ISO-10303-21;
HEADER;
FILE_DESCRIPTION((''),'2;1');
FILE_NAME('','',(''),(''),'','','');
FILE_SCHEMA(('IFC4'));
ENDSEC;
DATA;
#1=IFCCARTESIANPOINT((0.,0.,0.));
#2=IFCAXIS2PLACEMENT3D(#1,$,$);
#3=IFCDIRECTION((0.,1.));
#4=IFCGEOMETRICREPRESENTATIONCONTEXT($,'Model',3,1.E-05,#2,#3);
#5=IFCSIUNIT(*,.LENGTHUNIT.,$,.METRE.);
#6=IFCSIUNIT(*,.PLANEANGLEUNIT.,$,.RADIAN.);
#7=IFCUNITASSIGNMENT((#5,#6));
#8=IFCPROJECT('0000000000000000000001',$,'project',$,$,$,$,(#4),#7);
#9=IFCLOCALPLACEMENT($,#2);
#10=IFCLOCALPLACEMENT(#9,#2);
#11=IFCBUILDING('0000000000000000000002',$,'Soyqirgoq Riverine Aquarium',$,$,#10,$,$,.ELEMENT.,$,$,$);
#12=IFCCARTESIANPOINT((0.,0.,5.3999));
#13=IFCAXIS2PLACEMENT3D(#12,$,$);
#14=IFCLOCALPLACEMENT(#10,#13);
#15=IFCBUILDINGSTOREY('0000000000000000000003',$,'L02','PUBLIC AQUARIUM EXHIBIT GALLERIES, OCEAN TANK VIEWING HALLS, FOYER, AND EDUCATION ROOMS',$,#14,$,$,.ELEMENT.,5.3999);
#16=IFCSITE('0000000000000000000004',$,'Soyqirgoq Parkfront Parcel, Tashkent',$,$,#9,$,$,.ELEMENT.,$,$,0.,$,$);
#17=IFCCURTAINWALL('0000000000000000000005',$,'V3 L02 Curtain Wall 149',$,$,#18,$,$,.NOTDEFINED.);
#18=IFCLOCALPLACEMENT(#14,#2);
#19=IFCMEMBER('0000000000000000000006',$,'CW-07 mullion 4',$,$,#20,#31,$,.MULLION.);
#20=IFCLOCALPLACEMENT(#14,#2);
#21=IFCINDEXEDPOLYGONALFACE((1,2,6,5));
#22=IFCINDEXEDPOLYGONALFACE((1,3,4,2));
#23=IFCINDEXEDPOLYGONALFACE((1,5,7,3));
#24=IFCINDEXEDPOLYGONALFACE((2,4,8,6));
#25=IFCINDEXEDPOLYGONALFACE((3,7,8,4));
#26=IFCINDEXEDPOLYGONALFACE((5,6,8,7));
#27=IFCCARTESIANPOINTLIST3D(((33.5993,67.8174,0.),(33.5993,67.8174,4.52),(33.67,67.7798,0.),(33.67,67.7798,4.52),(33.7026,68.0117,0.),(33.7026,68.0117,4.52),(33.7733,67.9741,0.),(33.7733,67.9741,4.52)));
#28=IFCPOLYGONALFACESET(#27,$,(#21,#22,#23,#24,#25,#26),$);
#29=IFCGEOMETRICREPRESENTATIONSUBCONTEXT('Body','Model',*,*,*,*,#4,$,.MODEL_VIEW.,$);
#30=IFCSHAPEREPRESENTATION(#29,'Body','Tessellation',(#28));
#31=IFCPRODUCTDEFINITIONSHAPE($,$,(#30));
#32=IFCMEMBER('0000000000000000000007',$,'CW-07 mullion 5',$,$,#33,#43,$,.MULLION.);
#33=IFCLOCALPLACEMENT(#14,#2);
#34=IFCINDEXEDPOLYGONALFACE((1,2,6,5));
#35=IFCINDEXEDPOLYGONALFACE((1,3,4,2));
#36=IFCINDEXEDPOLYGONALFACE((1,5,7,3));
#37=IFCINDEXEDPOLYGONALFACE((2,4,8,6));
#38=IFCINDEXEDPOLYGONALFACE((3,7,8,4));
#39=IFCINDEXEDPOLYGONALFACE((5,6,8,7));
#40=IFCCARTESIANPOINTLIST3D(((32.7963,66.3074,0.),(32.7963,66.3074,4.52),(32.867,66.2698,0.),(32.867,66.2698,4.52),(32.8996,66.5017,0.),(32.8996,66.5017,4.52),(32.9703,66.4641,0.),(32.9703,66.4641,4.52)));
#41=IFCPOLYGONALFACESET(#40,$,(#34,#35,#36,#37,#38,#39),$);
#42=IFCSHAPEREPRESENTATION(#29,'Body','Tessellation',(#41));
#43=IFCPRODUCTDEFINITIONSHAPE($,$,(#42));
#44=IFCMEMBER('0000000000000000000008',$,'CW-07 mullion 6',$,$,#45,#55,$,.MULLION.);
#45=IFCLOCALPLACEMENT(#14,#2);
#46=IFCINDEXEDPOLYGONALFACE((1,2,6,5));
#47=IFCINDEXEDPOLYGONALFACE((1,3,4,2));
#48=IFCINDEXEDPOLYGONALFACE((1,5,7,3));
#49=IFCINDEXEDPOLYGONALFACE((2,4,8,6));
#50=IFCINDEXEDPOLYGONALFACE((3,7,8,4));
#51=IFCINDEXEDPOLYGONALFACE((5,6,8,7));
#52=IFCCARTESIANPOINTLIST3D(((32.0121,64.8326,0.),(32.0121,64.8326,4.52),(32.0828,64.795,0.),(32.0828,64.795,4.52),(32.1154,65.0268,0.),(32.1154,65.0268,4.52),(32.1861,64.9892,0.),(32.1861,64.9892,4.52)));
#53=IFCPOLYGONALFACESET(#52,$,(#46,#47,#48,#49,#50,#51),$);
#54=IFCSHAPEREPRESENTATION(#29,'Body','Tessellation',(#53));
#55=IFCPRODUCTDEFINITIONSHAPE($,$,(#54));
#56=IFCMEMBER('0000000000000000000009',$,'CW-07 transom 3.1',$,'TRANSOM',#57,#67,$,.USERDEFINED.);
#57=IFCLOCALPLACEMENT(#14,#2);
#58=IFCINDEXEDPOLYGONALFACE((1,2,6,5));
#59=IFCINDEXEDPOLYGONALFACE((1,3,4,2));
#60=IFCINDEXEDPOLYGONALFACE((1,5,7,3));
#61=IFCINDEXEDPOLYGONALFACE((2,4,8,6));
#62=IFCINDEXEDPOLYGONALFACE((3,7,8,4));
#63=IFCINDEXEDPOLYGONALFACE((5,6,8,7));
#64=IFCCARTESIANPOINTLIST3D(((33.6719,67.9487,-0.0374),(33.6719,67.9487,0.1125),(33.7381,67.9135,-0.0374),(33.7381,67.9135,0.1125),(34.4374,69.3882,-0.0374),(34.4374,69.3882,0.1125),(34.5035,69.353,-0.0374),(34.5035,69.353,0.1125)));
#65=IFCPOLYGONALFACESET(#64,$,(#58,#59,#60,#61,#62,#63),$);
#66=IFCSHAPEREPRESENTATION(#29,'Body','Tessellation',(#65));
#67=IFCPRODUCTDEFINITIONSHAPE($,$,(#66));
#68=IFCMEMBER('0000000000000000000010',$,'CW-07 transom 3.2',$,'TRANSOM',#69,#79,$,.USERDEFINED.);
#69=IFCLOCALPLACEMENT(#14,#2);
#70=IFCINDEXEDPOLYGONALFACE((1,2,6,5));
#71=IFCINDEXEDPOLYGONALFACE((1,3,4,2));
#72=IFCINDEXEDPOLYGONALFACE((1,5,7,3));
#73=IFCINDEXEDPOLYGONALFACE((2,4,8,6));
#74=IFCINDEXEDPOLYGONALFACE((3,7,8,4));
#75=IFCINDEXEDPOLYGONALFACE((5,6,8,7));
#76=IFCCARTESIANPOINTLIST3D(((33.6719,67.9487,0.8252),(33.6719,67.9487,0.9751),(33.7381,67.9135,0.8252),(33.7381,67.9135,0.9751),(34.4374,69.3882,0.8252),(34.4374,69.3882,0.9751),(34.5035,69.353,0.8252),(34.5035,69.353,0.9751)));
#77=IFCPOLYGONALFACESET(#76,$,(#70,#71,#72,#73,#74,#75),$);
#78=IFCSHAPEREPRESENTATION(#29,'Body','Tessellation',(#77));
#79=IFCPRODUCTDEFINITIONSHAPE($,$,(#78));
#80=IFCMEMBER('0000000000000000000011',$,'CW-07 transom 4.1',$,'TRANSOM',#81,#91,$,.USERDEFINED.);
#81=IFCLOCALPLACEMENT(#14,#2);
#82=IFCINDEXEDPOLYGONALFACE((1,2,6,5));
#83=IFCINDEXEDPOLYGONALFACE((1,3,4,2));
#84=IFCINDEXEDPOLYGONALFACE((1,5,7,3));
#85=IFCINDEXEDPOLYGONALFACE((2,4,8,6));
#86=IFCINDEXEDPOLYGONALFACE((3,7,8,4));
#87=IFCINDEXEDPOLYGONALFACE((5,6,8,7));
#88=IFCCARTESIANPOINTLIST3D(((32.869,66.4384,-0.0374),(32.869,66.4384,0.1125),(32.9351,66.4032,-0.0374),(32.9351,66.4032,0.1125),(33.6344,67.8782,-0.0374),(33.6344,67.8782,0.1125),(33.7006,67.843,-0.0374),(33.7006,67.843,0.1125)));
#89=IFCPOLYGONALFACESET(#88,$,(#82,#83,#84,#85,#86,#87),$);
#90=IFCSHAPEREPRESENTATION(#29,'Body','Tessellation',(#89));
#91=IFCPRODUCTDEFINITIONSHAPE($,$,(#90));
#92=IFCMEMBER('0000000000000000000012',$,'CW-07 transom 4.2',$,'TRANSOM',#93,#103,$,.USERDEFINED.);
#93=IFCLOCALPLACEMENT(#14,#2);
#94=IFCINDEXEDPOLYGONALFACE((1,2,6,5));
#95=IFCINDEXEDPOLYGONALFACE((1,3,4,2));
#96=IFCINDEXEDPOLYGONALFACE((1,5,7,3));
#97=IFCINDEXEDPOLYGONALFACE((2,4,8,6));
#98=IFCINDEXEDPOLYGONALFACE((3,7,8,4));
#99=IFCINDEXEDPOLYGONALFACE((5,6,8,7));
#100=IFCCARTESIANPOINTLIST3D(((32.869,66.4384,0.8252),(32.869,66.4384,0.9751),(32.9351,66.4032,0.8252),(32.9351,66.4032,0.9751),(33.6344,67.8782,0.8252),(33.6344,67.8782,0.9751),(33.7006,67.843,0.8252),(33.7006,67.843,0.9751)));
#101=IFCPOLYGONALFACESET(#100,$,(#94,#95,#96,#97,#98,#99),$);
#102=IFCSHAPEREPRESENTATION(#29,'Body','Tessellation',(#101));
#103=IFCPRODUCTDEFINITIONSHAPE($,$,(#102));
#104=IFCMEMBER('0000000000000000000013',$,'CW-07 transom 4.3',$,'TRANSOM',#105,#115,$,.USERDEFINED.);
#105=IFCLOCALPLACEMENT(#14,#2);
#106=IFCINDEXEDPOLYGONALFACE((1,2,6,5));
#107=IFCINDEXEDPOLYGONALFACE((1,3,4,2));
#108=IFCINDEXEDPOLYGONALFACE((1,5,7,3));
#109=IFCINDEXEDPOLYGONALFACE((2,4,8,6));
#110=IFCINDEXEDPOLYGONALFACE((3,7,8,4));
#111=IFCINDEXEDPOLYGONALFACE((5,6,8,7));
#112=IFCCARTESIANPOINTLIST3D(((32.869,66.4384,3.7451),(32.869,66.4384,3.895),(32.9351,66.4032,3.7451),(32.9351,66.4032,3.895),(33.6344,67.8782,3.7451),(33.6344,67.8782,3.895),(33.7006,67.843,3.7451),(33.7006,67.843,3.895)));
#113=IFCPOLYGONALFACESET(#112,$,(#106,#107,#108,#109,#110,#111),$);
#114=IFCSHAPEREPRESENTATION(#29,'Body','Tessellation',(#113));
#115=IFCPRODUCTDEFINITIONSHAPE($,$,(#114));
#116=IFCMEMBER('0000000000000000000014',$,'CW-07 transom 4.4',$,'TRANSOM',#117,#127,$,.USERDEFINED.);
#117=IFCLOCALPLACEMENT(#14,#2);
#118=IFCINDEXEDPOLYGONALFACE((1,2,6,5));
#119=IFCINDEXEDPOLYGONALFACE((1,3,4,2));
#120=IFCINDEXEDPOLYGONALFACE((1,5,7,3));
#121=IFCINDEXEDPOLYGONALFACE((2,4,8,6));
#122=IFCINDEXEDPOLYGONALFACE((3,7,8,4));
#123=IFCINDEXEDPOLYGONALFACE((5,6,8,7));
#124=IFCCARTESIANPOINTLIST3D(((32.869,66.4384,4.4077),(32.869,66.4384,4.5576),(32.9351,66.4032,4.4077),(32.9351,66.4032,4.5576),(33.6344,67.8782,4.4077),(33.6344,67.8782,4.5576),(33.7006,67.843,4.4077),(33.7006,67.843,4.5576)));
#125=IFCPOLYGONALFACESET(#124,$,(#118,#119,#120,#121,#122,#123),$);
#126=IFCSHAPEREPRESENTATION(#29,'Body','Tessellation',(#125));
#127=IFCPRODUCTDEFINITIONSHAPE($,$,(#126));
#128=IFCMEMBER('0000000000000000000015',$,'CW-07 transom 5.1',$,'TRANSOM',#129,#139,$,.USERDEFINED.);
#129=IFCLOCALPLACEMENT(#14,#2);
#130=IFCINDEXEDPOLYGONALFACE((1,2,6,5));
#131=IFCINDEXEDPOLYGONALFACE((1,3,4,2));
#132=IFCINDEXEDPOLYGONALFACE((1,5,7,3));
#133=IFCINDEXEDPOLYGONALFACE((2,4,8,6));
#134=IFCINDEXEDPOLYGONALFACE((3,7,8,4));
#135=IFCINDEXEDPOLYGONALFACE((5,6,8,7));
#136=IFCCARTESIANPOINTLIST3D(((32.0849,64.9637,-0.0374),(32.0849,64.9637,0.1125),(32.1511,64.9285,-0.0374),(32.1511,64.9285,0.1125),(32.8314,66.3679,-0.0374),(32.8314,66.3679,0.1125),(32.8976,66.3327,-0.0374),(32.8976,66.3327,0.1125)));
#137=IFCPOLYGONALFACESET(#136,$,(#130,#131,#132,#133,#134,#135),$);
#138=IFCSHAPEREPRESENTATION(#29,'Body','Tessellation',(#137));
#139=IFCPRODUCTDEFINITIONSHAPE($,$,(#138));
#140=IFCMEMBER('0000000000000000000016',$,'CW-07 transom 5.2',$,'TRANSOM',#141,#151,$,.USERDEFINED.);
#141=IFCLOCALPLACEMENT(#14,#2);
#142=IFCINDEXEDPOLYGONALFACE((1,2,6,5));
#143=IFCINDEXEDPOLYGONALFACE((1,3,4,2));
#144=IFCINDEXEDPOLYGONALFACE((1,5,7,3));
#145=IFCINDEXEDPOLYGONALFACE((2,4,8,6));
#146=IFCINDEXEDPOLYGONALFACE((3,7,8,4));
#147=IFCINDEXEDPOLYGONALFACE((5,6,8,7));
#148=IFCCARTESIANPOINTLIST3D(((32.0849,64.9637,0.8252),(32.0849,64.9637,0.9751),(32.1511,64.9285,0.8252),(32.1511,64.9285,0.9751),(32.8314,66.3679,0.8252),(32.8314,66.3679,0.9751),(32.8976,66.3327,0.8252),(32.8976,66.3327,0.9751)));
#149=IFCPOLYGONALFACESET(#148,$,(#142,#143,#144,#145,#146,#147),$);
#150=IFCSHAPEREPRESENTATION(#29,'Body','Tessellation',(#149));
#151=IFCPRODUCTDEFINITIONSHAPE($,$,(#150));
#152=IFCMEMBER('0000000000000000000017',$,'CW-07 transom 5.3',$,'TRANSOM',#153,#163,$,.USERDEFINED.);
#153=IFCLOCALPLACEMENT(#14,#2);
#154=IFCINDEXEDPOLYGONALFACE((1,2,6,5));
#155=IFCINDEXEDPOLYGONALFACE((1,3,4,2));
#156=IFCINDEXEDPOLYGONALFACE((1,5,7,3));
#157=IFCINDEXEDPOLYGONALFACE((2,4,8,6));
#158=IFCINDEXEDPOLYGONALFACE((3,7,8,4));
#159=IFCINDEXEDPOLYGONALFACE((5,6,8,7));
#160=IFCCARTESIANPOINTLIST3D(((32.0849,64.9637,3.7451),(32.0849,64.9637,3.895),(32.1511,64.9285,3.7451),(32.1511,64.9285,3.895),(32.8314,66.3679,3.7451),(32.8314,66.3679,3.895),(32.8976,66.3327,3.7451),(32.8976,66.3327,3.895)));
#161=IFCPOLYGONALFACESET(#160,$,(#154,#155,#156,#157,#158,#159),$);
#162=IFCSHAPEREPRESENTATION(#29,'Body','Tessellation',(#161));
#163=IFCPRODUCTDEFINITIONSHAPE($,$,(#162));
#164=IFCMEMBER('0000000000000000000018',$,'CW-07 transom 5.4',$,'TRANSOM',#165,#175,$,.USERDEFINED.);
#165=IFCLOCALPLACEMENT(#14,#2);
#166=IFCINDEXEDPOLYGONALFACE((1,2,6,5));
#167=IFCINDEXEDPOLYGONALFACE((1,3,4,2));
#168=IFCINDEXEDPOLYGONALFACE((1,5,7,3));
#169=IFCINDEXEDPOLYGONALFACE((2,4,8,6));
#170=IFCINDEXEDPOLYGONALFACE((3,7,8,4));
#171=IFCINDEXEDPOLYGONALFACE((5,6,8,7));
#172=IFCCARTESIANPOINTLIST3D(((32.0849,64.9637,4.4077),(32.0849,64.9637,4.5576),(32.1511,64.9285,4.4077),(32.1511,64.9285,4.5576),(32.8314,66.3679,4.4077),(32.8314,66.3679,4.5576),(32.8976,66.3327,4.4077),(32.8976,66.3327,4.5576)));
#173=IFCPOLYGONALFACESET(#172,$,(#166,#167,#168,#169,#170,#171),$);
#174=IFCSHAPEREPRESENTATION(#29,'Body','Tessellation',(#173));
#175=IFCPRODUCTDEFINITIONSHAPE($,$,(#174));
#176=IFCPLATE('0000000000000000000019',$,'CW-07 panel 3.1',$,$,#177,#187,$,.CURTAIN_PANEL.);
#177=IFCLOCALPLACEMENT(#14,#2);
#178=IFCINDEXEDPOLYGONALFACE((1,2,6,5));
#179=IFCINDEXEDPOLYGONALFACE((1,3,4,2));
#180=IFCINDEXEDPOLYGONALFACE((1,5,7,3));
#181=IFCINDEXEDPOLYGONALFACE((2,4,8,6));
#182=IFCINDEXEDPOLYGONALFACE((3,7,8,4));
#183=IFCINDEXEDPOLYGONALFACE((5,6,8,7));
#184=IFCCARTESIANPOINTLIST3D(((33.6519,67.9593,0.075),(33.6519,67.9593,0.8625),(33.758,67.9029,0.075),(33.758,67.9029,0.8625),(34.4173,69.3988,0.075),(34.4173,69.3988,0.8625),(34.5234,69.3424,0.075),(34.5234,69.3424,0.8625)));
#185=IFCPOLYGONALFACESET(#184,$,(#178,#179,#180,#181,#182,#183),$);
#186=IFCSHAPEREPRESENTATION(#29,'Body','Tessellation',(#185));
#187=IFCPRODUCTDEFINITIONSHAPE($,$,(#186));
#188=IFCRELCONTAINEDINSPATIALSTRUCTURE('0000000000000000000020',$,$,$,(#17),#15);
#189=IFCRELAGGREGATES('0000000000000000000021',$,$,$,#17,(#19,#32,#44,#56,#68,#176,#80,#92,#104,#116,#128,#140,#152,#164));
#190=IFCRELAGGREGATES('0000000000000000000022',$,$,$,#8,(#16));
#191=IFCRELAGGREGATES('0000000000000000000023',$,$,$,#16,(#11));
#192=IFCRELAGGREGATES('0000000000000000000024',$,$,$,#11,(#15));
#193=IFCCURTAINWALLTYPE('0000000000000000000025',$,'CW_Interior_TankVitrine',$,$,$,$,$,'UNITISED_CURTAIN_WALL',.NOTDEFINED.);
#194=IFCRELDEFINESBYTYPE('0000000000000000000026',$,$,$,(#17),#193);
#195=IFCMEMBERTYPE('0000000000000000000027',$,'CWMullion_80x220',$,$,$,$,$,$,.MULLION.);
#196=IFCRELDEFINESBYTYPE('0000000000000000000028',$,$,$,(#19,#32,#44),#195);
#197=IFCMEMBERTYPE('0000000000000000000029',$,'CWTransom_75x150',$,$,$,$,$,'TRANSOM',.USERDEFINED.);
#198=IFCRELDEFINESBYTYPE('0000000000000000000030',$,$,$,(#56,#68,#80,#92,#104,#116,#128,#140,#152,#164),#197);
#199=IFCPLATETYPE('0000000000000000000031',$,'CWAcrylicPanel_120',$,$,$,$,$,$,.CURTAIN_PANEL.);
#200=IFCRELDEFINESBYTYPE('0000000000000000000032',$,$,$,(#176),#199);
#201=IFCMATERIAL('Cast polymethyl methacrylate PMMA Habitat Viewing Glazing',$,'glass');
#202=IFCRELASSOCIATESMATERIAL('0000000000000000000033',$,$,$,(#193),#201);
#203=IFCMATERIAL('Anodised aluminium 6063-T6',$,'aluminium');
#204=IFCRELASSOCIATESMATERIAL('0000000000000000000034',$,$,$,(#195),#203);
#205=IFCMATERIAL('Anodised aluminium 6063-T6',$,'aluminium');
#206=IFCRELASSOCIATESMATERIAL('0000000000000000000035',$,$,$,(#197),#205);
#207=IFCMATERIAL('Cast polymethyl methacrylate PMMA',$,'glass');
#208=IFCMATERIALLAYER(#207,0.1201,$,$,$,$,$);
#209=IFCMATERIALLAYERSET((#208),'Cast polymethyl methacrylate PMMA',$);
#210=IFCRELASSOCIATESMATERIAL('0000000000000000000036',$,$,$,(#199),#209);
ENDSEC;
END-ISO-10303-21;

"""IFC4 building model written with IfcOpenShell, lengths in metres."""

from ifc_helpers import new_model, si_unit, direction, frame, origin, origin_2d, place, context, subcontext, project, spatial, rectangle, extrude, material, layer, layer_set, material_profile, profile_set, type_object, element, aggregate, save


model = new_model("IFC4")

# Units and contexts
model_context = context("Model", 3, precision=1e-05, world=origin(), true_north=direction((0.0, 1.0)))
body_context = subcontext(model_context, "Body", "Model", "MODEL_VIEW")
ifc_project = project(units=[si_unit("LENGTHUNIT", "METRE"), si_unit("PLANEANGLEUNIT", "RADIAN")], contexts=[model_context])

# Site, building, storey
site_placement = place(None, origin())
site = spatial("IfcSite", under=ifc_project, at=site_placement, Name="Soyqirgoq Parkfront Parcel, Tashkent", CompositionType="ELEMENT", RefElevation=0.0)
building_placement = place(site_placement, origin())
building = spatial("IfcBuilding", under=site, at=building_placement, Name="Soyqirgoq Riverine Aquarium", CompositionType="ELEMENT")
storey_placement = place(building_placement, frame((0.0, 0.0, 5.3999)))
storey = spatial("IfcBuildingStorey", under=building, at=storey_placement, Name="L02", Description="PUBLIC AQUARIUM EXHIBIT GALLERIES, OCEAN TANK VIEWING HALLS, FOYER, AND EDUCATION ROOMS", CompositionType="ELEMENT", Elevation=5.3999)

# Curtain wall, members, plate
ifc_material_1 = material(Name="Cast polymethyl methacrylate PMMA Habitat Viewing Glazing", Category="glass")
curtain_wall_type = type_object("IfcCurtainWallType", Name="CW_Interior_TankVitrine", ElementType="UNITISED_CURTAIN_WALL", PredefinedType="NOTDEFINED", material=ifc_material_1)
curtain_wall_placement = place(storey_placement, origin())
curtain_wall = element("IfcCurtainWall", 1, at=curtain_wall_placement, inside=storey, type_object=curtain_wall_type, Name="V3 L02 Curtain Wall 149", PredefinedType="NOTDEFINED")
ifc_material_2 = material(Name="Anodised aluminium 6063-T6", Category="aluminium")
ifc_material_profile_1 = material_profile(ifc_material_2, rectangle(XDim=0.0801, YDim=0.22, at=origin_2d()), Name="ALU-M 80x220")
ifc_profile_set_1 = profile_set([ifc_material_profile_1], Name="Anodised aluminium 6063-T6")
member_type_1 = type_object("IfcMemberType", Name="CWMullion_80x220", PredefinedType="MULLION", material=ifc_profile_set_1)
member_1_placement = place(storey_placement, frame((33.6863, 67.8958, 0.0), z_axis=(0.0, 0.0, 1.0), x_axis=(0.882947, -0.469473, 0.0)))
member_1 = element("IfcMember", 2, at=member_1_placement, type_object=member_type_1, Name="CW-07 mullion 4", PredefinedType="MULLION", context=body_context, shape_type="SweptSolid", body=[
    extrude(rectangle(XDim=0.0801, YDim=0.22, at=origin_2d()), origin(), (0.0, 0.0, 1.0), 4.52),
])
member_2_placement = place(storey_placement, frame((32.8833, 66.3857, 0.0), z_axis=(0.0, 0.0, 1.0), x_axis=(0.882947, -0.469473, 0.0)))
member_2 = element("IfcMember", 3, at=member_2_placement, type_object=member_type_1, Name="CW-07 mullion 5", PredefinedType="MULLION", context=body_context, shape_type="SweptSolid", body=[
    extrude(rectangle(XDim=0.0801, YDim=0.22, at=origin_2d()), origin(), (0.0, 0.0, 1.0), 4.52),
])
member_3_placement = place(storey_placement, frame((32.0991, 64.9109, 0.0), z_axis=(0.0, 0.0, 1.0), x_axis=(0.882947, -0.469473, 0.0)))
member_3 = element("IfcMember", 4, at=member_3_placement, type_object=member_type_1, Name="CW-07 mullion 6", PredefinedType="MULLION", context=body_context, shape_type="SweptSolid", body=[
    extrude(rectangle(XDim=0.0801, YDim=0.22, at=origin_2d()), origin(), (0.0, 0.0, 1.0), 4.52),
])
ifc_material_3 = material(Name="Anodised aluminium 6063-T6", Category="aluminium")
ifc_material_profile_2 = material_profile(ifc_material_3, rectangle(XDim=0.075, YDim=0.1499, at=origin_2d()), Name="ALU-T 75x150")
ifc_profile_set_2 = profile_set([ifc_material_profile_2], Name="Anodised aluminium 6063-T6")
member_type_2 = type_object("IfcMemberType", Name="CWTransom_75x150", ElementType="TRANSOM", PredefinedType="USERDEFINED", material=ifc_profile_set_2)
member_4_placement = place(storey_placement, frame((34.4705, 69.3706, 0.0376), z_axis=(-0.469476, -0.882945, 0.0), x_axis=(0.882945, -0.469476, 0.0)))
member_4 = element("IfcMember", 5, at=member_4_placement, type_object=member_type_2, Name="CW-07 transom 3.1", ObjectType="TRANSOM", PredefinedType="USERDEFINED", context=body_context, shape_type="SweptSolid", body=[
    extrude(rectangle(XDim=0.075, YDim=0.1499, at=origin_2d()), origin(), (0.0, 0.0, 1.0), 1.6304),
])
member_5_placement = place(storey_placement, frame((34.4705, 69.3706, 0.9001), z_axis=(-0.469476, -0.882945, 0.0), x_axis=(0.882945, -0.469476, 0.0)))
member_5 = element("IfcMember", 6, at=member_5_placement, type_object=member_type_2, Name="CW-07 transom 3.2", ObjectType="TRANSOM", PredefinedType="USERDEFINED", context=body_context, shape_type="SweptSolid", body=[
    extrude(rectangle(XDim=0.075, YDim=0.1499, at=origin_2d()), origin(), (0.0, 0.0, 1.0), 1.6304),
])
member_6_placement = place(storey_placement, frame((33.6675, 67.8606, 0.0376), z_axis=(-0.469414, -0.882978, 0.0), x_axis=(0.882978, -0.469414, 0.0)))
member_6 = element("IfcMember", 7, at=member_6_placement, type_object=member_type_2, Name="CW-07 transom 4.1", ObjectType="TRANSOM", PredefinedType="USERDEFINED", context=body_context, shape_type="SweptSolid", body=[
    extrude(rectangle(XDim=0.075, YDim=0.1499, at=origin_2d()), origin(), (0.0, 0.0, 1.0), 1.6306),
])
member_7_placement = place(storey_placement, frame((33.6675, 67.8606, 0.9001), z_axis=(-0.469414, -0.882978, 0.0), x_axis=(0.882978, -0.469414, 0.0)))
member_7 = element("IfcMember", 8, at=member_7_placement, type_object=member_type_2, Name="CW-07 transom 4.2", ObjectType="TRANSOM", PredefinedType="USERDEFINED", context=body_context, shape_type="SweptSolid", body=[
    extrude(rectangle(XDim=0.075, YDim=0.1499, at=origin_2d()), origin(), (0.0, 0.0, 1.0), 1.6306),
])
member_8_placement = place(storey_placement, frame((33.6675, 67.8606, 3.8201), z_axis=(-0.469414, -0.882978, 0.0), x_axis=(0.882978, -0.469414, 0.0)))
member_8 = element("IfcMember", 9, at=member_8_placement, type_object=member_type_2, Name="CW-07 transom 4.3", ObjectType="TRANSOM", PredefinedType="USERDEFINED", context=body_context, shape_type="SweptSolid", body=[
    extrude(rectangle(XDim=0.075, YDim=0.1499, at=origin_2d()), origin(), (0.0, 0.0, 1.0), 1.6306),
])
member_9_placement = place(storey_placement, frame((33.6675, 67.8606, 4.4827), z_axis=(-0.469414, -0.882978, 0.0), x_axis=(0.882978, -0.469414, 0.0)))
member_9 = element("IfcMember", 10, at=member_9_placement, type_object=member_type_2, Name="CW-07 transom 4.4", ObjectType="TRANSOM", PredefinedType="USERDEFINED", context=body_context, shape_type="SweptSolid", body=[
    extrude(rectangle(XDim=0.075, YDim=0.1499, at=origin_2d()), origin(), (0.0, 0.0, 1.0), 1.6306),
])
member_10_placement = place(storey_placement, frame((32.8645, 66.3503, 0.0376), z_axis=(-0.469425, -0.882973, 0.0), x_axis=(0.882973, -0.469425, 0.0)))
member_10 = element("IfcMember", 11, at=member_10_placement, type_object=member_type_2, Name="CW-07 transom 5.1", ObjectType="TRANSOM", PredefinedType="USERDEFINED", context=body_context, shape_type="SweptSolid", body=[
    extrude(rectangle(XDim=0.075, YDim=0.1499, at=origin_2d()), origin(), (0.0, 0.0, 1.0), 1.5903),
])
member_11_placement = place(storey_placement, frame((32.8645, 66.3503, 0.9001), z_axis=(-0.469425, -0.882973, 0.0), x_axis=(0.882973, -0.469425, 0.0)))
member_11 = element("IfcMember", 12, at=member_11_placement, type_object=member_type_2, Name="CW-07 transom 5.2", ObjectType="TRANSOM", PredefinedType="USERDEFINED", context=body_context, shape_type="SweptSolid", body=[
    extrude(rectangle(XDim=0.075, YDim=0.1499, at=origin_2d()), origin(), (0.0, 0.0, 1.0), 1.5903),
])
member_12_placement = place(storey_placement, frame((32.8645, 66.3503, 3.8201), z_axis=(-0.469425, -0.882973, 0.0), x_axis=(0.882973, -0.469425, 0.0)))
member_12 = element("IfcMember", 13, at=member_12_placement, type_object=member_type_2, Name="CW-07 transom 5.3", ObjectType="TRANSOM", PredefinedType="USERDEFINED", context=body_context, shape_type="SweptSolid", body=[
    extrude(rectangle(XDim=0.075, YDim=0.1499, at=origin_2d()), origin(), (0.0, 0.0, 1.0), 1.5903),
])
member_13_placement = place(storey_placement, frame((32.8645, 66.3503, 4.4827), z_axis=(-0.469425, -0.882973, 0.0), x_axis=(0.882973, -0.469425, 0.0)))
member_13 = element("IfcMember", 14, at=member_13_placement, type_object=member_type_2, Name="CW-07 transom 5.4", ObjectType="TRANSOM", PredefinedType="USERDEFINED", context=body_context, shape_type="SweptSolid", body=[
    extrude(rectangle(XDim=0.075, YDim=0.1499, at=origin_2d()), origin(), (0.0, 0.0, 1.0), 1.5903),
])
ifc_material_4 = material(Name="Cast polymethyl methacrylate PMMA", Category="glass")
ifc_layer_1 = layer(ifc_material_4, 0.1201)
ifc_layer_set_1 = layer_set([ifc_layer_1], Name="Cast polymethyl methacrylate PMMA")
plate_type = type_object("IfcPlateType", Name="CWAcrylicPanel_120", PredefinedType="CURTAIN_PANEL", material=ifc_layer_set_1)
plate_1_placement = place(storey_placement, frame((34.0876, 68.6509, 0.075), z_axis=(0.0, 0.0, 1.0), x_axis=(-0.469473, -0.882947, 0.0)))
plate_1 = element("IfcPlate", 15, at=plate_1_placement, type_object=plate_type, Name="CW-07 panel 3.1", PredefinedType="CURTAIN_PANEL", context=body_context, shape_type="SweptSolid", body=[
    extrude(rectangle(XDim=1.6304, YDim=0.1201, at=origin_2d()), origin(), (0.0, 0.0, 1.0), 0.7876),
])
aggregate(curtain_wall, [member_1, member_2, member_3, member_4, member_5, plate_1, member_6, member_7, member_8, member_9, member_10, member_11, member_12, member_13])

save(model, "model.ifc")
